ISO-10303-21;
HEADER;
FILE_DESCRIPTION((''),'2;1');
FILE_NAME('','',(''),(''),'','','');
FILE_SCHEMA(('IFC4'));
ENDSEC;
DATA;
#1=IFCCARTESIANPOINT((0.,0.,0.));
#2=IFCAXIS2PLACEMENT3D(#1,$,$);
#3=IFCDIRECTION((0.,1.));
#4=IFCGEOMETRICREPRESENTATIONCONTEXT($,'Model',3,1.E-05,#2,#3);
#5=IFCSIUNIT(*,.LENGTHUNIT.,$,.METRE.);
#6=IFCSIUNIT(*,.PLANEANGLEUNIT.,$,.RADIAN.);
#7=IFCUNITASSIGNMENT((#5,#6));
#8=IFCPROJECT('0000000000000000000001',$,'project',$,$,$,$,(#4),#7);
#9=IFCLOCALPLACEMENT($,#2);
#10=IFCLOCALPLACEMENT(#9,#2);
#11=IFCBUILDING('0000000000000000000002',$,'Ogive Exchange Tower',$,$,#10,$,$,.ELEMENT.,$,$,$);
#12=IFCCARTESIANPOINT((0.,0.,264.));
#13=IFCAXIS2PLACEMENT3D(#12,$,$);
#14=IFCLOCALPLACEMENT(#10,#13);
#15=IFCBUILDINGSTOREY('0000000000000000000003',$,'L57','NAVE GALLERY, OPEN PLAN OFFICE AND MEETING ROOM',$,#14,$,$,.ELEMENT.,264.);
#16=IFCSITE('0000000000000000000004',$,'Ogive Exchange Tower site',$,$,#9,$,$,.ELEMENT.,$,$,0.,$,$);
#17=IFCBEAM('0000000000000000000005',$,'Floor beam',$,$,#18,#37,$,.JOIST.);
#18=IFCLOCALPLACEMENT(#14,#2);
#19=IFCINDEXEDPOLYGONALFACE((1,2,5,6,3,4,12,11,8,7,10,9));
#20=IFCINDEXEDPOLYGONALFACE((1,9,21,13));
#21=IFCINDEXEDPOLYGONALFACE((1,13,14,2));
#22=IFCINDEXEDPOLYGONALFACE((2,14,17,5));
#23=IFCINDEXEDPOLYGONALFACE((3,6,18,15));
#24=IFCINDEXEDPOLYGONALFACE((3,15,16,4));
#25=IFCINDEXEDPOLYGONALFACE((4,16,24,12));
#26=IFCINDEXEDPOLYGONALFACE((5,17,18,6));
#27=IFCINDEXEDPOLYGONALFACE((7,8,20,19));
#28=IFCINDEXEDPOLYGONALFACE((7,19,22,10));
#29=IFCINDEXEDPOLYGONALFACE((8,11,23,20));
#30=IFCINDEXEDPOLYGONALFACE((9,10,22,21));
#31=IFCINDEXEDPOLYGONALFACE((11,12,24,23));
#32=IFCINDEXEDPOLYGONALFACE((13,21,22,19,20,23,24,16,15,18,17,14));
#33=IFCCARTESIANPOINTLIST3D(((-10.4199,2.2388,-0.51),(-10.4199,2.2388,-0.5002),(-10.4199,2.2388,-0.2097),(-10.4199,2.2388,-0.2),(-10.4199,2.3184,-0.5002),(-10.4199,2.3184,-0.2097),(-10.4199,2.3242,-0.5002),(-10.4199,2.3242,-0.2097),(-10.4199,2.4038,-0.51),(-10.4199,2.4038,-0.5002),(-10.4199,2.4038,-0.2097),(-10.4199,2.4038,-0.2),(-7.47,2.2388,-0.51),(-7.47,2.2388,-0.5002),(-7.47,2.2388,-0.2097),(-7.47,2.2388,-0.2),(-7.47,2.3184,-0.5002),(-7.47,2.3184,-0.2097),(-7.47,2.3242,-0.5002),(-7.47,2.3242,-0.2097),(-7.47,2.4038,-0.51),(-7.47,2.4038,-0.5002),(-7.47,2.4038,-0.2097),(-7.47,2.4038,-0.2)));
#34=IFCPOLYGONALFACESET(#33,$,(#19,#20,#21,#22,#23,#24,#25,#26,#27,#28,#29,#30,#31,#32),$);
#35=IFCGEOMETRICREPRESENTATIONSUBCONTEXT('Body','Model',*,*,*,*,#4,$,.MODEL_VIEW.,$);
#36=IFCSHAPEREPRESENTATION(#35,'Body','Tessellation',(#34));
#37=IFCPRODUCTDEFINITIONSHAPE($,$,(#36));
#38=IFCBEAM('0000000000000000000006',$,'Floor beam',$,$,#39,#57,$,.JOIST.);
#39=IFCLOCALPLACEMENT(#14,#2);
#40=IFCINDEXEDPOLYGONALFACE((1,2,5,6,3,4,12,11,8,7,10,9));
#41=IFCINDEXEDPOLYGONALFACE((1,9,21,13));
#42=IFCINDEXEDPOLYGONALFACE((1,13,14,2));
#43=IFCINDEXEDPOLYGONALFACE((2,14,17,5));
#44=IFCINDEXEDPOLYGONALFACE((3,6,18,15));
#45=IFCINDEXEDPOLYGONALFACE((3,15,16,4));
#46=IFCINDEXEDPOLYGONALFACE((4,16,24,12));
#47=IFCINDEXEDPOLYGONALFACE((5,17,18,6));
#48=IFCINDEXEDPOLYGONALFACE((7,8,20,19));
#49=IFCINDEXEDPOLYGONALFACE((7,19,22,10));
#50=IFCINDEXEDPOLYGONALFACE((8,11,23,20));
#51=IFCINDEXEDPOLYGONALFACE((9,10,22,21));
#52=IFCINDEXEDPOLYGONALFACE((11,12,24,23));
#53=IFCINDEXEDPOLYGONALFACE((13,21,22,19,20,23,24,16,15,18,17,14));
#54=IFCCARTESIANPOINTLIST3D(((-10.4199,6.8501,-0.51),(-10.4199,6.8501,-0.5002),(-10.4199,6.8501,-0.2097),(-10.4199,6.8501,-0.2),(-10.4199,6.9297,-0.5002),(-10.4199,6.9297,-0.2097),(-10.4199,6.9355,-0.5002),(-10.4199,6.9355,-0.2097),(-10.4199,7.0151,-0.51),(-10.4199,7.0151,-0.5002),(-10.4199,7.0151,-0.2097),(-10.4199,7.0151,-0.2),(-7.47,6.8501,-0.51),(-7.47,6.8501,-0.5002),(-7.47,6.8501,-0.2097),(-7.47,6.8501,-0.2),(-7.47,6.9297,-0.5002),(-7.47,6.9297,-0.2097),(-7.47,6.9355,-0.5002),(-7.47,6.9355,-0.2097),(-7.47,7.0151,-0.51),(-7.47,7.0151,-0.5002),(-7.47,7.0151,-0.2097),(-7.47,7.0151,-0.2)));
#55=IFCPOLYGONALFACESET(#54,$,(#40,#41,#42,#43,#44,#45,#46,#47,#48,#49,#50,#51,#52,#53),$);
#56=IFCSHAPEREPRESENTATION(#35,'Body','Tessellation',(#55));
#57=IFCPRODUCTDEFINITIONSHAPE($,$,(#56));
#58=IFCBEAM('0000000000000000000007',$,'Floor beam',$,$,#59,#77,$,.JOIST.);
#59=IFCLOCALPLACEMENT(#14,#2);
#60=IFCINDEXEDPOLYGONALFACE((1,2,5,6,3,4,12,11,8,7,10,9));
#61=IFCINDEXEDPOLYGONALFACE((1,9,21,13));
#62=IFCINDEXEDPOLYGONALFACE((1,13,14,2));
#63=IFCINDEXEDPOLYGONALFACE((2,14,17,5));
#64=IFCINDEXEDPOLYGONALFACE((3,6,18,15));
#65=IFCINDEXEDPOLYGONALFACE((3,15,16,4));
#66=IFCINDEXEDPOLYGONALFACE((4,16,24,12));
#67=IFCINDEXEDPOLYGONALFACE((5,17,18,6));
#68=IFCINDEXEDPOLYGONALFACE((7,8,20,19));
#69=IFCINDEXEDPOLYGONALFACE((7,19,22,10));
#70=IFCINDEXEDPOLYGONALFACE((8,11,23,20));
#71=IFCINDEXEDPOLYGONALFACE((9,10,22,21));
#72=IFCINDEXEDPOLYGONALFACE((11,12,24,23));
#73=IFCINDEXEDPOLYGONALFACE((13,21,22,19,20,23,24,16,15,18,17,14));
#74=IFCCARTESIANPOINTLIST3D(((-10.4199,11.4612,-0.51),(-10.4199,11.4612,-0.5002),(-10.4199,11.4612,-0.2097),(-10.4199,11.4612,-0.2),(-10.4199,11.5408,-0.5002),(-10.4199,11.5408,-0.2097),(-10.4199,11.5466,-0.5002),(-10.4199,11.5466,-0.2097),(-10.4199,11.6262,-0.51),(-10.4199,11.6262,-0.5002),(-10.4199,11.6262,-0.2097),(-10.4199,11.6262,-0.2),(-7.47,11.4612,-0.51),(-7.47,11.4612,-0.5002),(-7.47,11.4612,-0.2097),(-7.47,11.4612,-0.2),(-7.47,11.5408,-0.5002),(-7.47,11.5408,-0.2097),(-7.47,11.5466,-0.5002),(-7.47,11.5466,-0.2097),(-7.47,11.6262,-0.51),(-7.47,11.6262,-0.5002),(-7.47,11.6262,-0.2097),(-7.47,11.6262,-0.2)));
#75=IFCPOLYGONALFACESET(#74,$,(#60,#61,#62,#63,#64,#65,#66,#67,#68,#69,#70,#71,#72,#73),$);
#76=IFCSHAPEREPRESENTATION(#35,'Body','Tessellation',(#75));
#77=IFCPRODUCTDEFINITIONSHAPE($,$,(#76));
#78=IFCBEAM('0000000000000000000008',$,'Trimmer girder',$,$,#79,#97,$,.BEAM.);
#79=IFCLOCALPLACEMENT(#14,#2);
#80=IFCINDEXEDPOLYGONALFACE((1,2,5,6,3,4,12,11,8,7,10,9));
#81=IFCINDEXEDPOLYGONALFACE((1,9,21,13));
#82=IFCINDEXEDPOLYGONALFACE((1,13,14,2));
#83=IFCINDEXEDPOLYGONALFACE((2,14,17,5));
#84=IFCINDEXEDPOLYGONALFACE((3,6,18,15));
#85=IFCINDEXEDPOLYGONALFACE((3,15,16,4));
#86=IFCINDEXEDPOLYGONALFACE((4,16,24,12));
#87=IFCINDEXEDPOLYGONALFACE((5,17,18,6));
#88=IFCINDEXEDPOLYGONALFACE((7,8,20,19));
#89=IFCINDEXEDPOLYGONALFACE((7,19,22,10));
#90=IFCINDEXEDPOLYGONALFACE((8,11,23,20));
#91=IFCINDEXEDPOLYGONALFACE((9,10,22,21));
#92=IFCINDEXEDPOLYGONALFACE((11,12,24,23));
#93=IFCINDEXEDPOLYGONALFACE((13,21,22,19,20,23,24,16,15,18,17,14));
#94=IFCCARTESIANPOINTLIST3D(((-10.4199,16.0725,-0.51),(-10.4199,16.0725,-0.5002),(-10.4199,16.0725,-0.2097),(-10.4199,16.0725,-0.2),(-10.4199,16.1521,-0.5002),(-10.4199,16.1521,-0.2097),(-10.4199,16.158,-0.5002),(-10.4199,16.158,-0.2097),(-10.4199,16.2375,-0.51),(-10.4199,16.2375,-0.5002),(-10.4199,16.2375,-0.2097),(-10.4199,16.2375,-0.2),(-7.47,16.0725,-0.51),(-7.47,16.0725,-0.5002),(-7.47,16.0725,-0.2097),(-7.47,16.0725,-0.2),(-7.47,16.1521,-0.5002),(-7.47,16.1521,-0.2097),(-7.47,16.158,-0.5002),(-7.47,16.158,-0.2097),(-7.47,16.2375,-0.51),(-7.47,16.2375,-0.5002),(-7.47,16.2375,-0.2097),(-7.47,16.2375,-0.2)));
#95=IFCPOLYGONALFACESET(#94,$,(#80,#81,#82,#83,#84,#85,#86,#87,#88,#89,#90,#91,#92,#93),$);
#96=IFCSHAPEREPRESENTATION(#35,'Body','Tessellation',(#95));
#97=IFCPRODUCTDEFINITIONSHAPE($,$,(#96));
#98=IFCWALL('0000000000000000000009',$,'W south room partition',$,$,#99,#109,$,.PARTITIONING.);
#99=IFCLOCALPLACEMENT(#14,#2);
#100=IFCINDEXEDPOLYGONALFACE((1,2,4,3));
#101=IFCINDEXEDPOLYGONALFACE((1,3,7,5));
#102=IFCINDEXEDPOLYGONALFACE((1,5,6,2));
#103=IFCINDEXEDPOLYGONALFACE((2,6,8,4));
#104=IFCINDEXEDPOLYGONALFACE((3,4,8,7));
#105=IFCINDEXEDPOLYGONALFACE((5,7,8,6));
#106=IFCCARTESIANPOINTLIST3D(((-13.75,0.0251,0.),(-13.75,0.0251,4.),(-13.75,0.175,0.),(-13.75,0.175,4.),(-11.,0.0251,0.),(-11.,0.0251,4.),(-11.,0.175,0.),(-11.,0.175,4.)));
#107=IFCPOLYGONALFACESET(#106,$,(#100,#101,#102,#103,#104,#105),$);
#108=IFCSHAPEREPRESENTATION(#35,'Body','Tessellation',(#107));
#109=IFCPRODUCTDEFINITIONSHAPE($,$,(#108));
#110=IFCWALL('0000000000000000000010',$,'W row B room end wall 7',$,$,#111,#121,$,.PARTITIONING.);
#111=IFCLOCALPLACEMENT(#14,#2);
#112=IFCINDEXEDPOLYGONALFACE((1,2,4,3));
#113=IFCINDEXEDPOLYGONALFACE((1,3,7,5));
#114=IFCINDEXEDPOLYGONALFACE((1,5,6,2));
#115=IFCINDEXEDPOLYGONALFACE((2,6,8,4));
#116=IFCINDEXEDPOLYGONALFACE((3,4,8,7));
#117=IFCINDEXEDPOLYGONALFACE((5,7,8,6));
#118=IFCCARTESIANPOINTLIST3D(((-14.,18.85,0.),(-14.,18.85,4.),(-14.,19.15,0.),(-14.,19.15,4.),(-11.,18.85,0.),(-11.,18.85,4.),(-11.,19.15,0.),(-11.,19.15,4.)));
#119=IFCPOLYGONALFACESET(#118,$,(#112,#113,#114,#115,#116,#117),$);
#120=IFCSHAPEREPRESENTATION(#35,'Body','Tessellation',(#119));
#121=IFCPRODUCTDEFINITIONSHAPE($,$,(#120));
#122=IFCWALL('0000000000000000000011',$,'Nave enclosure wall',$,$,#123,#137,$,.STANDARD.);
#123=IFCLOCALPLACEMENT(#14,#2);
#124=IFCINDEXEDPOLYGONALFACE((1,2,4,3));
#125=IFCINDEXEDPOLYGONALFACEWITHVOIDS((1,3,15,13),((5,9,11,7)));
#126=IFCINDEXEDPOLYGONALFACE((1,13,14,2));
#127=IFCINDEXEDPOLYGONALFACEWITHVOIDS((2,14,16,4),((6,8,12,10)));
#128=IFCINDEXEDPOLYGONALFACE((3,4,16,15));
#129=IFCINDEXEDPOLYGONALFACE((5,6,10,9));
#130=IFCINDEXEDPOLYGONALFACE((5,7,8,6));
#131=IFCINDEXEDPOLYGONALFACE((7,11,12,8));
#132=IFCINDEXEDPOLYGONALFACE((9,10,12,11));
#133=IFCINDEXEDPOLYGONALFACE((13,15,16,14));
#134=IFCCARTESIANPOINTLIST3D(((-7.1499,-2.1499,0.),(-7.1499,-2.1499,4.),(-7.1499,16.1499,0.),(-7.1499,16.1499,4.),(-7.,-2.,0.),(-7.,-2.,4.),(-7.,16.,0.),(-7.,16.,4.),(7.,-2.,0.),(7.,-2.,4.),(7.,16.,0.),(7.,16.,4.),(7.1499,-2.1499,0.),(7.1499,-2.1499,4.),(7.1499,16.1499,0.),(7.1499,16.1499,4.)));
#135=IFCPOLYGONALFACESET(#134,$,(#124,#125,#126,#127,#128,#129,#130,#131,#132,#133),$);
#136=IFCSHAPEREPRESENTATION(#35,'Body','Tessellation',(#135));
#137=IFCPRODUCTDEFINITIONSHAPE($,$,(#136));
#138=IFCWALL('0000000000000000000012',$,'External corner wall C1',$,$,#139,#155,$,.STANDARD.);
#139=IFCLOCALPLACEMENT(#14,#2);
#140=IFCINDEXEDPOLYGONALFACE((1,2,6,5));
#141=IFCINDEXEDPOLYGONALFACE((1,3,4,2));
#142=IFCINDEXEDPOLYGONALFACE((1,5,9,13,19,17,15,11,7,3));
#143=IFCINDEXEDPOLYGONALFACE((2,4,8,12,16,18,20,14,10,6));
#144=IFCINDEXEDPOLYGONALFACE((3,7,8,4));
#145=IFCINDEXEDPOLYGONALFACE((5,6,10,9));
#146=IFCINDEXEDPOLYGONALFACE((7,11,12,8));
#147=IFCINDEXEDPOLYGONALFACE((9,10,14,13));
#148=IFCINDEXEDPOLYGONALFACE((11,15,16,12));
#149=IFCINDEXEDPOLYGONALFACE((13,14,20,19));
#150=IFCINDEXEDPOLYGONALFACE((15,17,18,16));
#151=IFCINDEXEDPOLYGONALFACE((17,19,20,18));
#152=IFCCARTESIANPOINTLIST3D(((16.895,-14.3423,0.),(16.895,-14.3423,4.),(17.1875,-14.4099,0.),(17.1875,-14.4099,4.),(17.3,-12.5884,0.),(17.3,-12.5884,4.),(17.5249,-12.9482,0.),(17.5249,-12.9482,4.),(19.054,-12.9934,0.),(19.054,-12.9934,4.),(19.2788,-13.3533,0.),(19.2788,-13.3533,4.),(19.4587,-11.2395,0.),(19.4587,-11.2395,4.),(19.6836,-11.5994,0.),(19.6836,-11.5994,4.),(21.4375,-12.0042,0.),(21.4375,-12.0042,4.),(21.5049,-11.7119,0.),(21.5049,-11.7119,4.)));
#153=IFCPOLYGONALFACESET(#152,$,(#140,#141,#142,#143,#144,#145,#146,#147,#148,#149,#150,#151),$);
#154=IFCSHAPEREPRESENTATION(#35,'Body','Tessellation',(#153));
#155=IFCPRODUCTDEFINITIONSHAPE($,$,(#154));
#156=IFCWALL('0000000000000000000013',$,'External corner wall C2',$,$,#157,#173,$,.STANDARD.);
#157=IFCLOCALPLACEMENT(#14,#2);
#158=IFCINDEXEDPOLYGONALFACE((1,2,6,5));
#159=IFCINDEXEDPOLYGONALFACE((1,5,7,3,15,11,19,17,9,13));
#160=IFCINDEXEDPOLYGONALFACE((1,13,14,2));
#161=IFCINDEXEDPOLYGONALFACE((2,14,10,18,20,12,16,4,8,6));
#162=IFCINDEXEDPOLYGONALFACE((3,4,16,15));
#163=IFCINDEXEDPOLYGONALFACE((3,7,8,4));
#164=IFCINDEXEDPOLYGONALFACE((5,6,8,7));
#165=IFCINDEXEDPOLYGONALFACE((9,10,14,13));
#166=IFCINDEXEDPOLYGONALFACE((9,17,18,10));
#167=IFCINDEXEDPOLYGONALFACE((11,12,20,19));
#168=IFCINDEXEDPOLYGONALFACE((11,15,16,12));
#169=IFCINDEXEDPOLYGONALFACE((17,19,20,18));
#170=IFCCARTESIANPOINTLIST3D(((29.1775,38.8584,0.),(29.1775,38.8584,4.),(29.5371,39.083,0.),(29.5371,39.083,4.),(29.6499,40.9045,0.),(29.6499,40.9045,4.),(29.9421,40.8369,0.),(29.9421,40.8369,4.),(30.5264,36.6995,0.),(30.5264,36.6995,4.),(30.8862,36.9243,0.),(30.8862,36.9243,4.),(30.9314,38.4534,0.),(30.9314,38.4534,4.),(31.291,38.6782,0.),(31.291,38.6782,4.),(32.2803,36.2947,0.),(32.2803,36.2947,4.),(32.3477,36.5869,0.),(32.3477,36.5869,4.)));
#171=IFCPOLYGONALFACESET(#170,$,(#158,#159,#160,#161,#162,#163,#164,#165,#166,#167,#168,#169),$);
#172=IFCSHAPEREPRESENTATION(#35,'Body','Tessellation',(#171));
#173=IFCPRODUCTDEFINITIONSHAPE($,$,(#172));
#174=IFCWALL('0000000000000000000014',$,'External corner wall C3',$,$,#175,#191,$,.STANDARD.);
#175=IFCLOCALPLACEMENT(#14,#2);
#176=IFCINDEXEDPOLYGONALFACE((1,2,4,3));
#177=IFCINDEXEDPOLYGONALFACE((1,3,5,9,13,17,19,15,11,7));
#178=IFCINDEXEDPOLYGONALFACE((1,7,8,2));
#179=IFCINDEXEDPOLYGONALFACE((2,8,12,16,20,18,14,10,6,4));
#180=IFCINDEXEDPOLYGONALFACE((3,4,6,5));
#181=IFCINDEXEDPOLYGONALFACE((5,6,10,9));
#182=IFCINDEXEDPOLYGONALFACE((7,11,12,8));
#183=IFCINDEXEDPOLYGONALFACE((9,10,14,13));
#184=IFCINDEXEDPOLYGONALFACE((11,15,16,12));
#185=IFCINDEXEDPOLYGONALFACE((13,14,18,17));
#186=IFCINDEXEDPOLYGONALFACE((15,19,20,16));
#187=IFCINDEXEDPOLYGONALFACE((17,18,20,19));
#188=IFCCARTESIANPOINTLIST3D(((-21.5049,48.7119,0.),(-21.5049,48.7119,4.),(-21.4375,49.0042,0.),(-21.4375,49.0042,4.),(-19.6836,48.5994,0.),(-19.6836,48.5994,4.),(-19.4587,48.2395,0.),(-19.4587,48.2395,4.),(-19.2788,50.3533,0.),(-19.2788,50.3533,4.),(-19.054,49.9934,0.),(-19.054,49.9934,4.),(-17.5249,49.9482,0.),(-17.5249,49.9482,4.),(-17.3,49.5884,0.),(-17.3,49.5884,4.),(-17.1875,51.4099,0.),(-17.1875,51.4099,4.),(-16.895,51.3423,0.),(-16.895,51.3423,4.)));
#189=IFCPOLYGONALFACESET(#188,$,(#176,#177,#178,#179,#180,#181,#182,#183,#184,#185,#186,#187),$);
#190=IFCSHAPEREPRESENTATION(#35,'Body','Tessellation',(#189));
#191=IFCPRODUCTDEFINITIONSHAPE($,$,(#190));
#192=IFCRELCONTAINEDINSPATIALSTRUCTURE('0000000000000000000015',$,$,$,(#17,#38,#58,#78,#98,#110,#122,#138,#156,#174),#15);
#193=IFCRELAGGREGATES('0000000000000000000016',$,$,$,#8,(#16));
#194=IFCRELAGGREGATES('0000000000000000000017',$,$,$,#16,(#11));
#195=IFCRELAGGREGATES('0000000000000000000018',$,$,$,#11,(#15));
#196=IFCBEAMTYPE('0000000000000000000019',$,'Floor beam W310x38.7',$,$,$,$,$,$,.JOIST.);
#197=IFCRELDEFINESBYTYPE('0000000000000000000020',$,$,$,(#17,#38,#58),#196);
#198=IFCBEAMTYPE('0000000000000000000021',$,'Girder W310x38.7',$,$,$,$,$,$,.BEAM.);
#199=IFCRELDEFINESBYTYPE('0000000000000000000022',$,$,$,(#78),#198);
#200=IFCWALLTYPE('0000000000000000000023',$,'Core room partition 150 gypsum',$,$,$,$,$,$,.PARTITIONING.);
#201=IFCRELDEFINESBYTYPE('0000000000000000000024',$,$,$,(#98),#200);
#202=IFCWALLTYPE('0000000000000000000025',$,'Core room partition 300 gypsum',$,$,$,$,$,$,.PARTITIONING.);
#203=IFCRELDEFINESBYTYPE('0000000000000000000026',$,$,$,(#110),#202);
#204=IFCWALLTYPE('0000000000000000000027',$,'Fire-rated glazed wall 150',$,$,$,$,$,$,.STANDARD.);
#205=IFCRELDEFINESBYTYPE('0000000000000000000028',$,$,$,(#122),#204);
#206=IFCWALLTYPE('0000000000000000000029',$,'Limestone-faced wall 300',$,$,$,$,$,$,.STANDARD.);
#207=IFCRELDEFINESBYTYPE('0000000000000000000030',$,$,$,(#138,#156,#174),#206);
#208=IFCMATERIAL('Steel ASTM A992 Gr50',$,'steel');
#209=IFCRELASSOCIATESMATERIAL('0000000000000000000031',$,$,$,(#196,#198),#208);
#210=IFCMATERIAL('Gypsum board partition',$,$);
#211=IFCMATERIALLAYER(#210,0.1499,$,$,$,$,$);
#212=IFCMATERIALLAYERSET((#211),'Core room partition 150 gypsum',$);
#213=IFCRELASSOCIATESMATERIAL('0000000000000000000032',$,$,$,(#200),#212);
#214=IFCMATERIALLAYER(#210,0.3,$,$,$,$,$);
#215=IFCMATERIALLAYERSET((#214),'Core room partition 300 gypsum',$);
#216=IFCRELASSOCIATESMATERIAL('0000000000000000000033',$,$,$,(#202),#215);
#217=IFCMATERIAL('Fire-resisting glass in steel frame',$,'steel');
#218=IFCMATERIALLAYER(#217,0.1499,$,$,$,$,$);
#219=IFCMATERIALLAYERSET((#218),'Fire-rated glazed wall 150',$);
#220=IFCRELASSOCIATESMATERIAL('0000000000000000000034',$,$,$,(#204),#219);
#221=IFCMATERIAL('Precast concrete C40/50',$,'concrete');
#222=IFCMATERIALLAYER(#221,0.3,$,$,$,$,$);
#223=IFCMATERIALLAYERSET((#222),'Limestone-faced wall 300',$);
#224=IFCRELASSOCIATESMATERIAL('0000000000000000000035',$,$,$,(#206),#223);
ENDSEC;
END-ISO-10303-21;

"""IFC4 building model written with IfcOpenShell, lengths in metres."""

from ifc_helpers import new_model, si_unit, direction, frame, frame_2d, origin, origin_2d, place, context, subcontext, project, spatial, polyline, rectangle, i_section, outline, extrude, material, layer, layer_set, material_profile, profile_set, type_object, element, save


model = new_model("IFC4")

# Units and contexts
model_context = context("Model", 3, precision=1e-05, world=origin(), true_north=direction((0.0, 1.0)))
body_context = subcontext(model_context, "Body", "Model", "MODEL_VIEW")
ifc_project = project(units=[si_unit("LENGTHUNIT", "METRE"), si_unit("PLANEANGLEUNIT", "RADIAN")], contexts=[model_context])

# Site, building, storey
site_placement = place(None, origin())
site = spatial("IfcSite", under=ifc_project, at=site_placement, Name="Ogive Exchange Tower site", CompositionType="ELEMENT", RefElevation=0.0)
building_placement = place(site_placement, origin())
building = spatial("IfcBuilding", under=site, at=building_placement, Name="Ogive Exchange Tower", CompositionType="ELEMENT")
storey_placement = place(building_placement, frame((0.0, 0.0, 264.0)))
storey = spatial("IfcBuildingStorey", under=building, at=storey_placement, Name="L57", Description="NAVE GALLERY, OPEN PLAN OFFICE AND MEETING ROOM", CompositionType="ELEMENT", Elevation=264.0)

# Beams
ifc_material_1 = material(Name="Steel ASTM A992 Gr50", Category="steel")
ifc_material_profile_1 = material_profile(ifc_material_1, i_section(OverallWidth=0.165, OverallDepth=0.3101, WebThickness=0.0059, FlangeThickness=0.0098, at=origin_2d()), Name="W310x38.7")
ifc_profile_set_1 = profile_set([ifc_material_profile_1], Name="Steel ASTM A992 Gr50")
beam_type_1 = type_object("IfcBeamType", Name="Floor beam W310x38.7", PredefinedType="JOIST", material=ifc_profile_set_1)
for number, where, z_axis, x_axis, name in (
    (1, (-10.4199, 2.3213, -0.355), (1.0, 0.0, 0.0), (0.0, 1.0, 0.0), "Floor beam"),
    (2, (-10.4199, 6.9326, -0.355), (1.0, 0.0, 0.0), (0.0, 1.0, 0.0), "Floor beam"),
    (3, (-10.4199, 11.5437, -0.355), (1.0, 0.0, 0.0), (0.0, 1.0, 0.0), "Floor beam"),
):
    element("IfcBeam", number, at=place(storey_placement, frame(where, z_axis=z_axis, x_axis=x_axis)), inside=storey, type_object=beam_type_1, Name=name, PredefinedType="JOIST", context=body_context, shape_type="SweptSolid", body=[
        extrude(i_section(OverallWidth=0.165, OverallDepth=0.3101, WebThickness=0.0059, FlangeThickness=0.0098, at=origin_2d()), origin(), (0.0, 0.0, 1.0), 2.95),
    ])
ifc_material_profile_2 = material_profile(ifc_material_1, i_section(OverallWidth=0.165, OverallDepth=0.3101, WebThickness=0.0059, FlangeThickness=0.0098, at=origin_2d()), Name="W310x38.7")
ifc_profile_set_2 = profile_set([ifc_material_profile_2], Name="Steel ASTM A992 Gr50")
beam_type_2 = type_object("IfcBeamType", Name="Girder W310x38.7", PredefinedType="BEAM", material=ifc_profile_set_2)
beam_placement = place(storey_placement, frame((-10.4199, 16.155, -0.355), z_axis=(1.0, 0.0, 0.0), x_axis=(0.0, 1.0, 0.0)))
element("IfcBeam", 4, at=beam_placement, inside=storey, type_object=beam_type_2, Name="Trimmer girder", PredefinedType="BEAM", context=body_context, shape_type="SweptSolid", body=[
    extrude(i_section(OverallWidth=0.165, OverallDepth=0.3101, WebThickness=0.0059, FlangeThickness=0.0098, at=origin_2d()), origin(), (0.0, 0.0, 1.0), 2.95),
])

# Walls
ifc_material_2 = material(Name="Gypsum board partition")
ifc_layer_1 = layer(ifc_material_2, 0.1499)
ifc_layer_set_1 = layer_set([ifc_layer_1], Name="Core room partition 150 gypsum")
wall_type_1 = type_object("IfcWallType", Name="Core room partition 150 gypsum", PredefinedType="PARTITIONING", material=ifc_layer_set_1)
wall_1_placement = place(storey_placement, frame((-13.75, 0.1001, 0.0), z_axis=(0.0, 0.0, 1.0), x_axis=(1.0, 0.0, 0.0)))
element("IfcWall", 5, at=wall_1_placement, inside=storey, type_object=wall_type_1, Name="W south room partition", PredefinedType="PARTITIONING", context=body_context, shape_type="SweptSolid", body=[
    extrude(rectangle(XDim=2.75, YDim=0.1499, at=frame_2d((1.375, 0.0))), origin(), (0.0, 0.0, 1.0), 4.0),
])
ifc_layer_2 = layer(ifc_material_2, 0.3)
ifc_layer_set_2 = layer_set([ifc_layer_2], Name="Core room partition 300 gypsum")
wall_type_2 = type_object("IfcWallType", Name="Core room partition 300 gypsum", PredefinedType="PARTITIONING", material=ifc_layer_set_2)
wall_2_placement = place(storey_placement, frame((-14.0, 19.0, 0.0), z_axis=(0.0, 0.0, 1.0), x_axis=(1.0, 0.0, 0.0)))
element("IfcWall", 6, at=wall_2_placement, inside=storey, type_object=wall_type_2, Name="W row B room end wall 7", PredefinedType="PARTITIONING", context=body_context, shape_type="SweptSolid", body=[
    extrude(rectangle(XDim=3.0, YDim=0.3, at=frame_2d((1.5, 0.0))), origin(), (0.0, 0.0, 1.0), 4.0),
])
ifc_material_3 = material(Name="Fire-resisting glass in steel frame", Category="steel")
ifc_layer_3 = layer(ifc_material_3, 0.1499)
ifc_layer_set_3 = layer_set([ifc_layer_3], Name="Fire-rated glazed wall 150")
wall_type_3 = type_object("IfcWallType", Name="Fire-rated glazed wall 150", PredefinedType="STANDARD", material=ifc_layer_set_3)
wall_3_placement = place(storey_placement, origin())
element("IfcWall", 7, at=wall_3_placement, inside=storey, type_object=wall_type_3, Name="Nave enclosure wall", PredefinedType="STANDARD", context=body_context, shape_type="SweptSolid", body=[
    extrude(outline(polyline([(-7.1499, -2.1499), (7.1499, -2.1499), (7.1499, 16.1499), (-7.1499, 16.1499), (-7.1499, -2.1499)]), holes=[polyline([(-7.0, -2.0), (-7.0, 16.0), (7.0, 16.0), (7.0, -2.0), (-7.0, -2.0)])]), origin(), (0.0, 0.0, 1.0), 4.0),
])
ifc_material_4 = material(Name="Precast concrete C40/50", Category="concrete")
ifc_layer_4 = layer(ifc_material_4, 0.3)
ifc_layer_set_4 = layer_set([ifc_layer_4], Name="Limestone-faced wall 300")
wall_type_4 = type_object("IfcWallType", Name="Limestone-faced wall 300", PredefinedType="STANDARD", material=ifc_layer_set_4)
wall_4_placement = place(storey_placement, origin())
element("IfcWall", 8, at=wall_4_placement, inside=storey, type_object=wall_type_4, Name="External corner wall C1", PredefinedType="STANDARD", context=body_context, shape_type="SweptSolid", body=[
    extrude(outline(polyline([(19.054, -12.9934), (19.4587, -11.2395), (21.5049, -11.7119), (21.4375, -12.0042), (19.6836, -11.5994), (19.2788, -13.3533), (17.5249, -12.9482), (17.1875, -14.4099), (16.895, -14.3423), (17.3, -12.5884), (19.054, -12.9934)])), origin(), (0.0, 0.0, 1.0), 4.0),
])
wall_5_placement = place(storey_placement, origin())
element("IfcWall", 9, at=wall_5_placement, inside=storey, type_object=wall_type_4, Name="External corner wall C2", PredefinedType="STANDARD", context=body_context, shape_type="SweptSolid", body=[
    extrude(outline(polyline([(30.9314, 38.4534), (29.1775, 38.8584), (29.6499, 40.9045), (29.9421, 40.8369), (29.5371, 39.083), (31.291, 38.6782), (30.8862, 36.9243), (32.3477, 36.5869), (32.2803, 36.2947), (30.5264, 36.6995), (30.9314, 38.4534)])), origin(), (0.0, 0.0, 1.0), 4.0),
])
wall_6_placement = place(storey_placement, origin())
element("IfcWall", 10, at=wall_6_placement, inside=storey, type_object=wall_type_4, Name="External corner wall C3", PredefinedType="STANDARD", context=body_context, shape_type="SweptSolid", body=[
    extrude(outline(polyline([(-21.5049, 48.7119), (-21.4375, 49.0042), (-19.6836, 48.5994), (-19.2788, 50.3533), (-17.5249, 49.9482), (-17.1875, 51.4099), (-16.895, 51.3423), (-17.3, 49.5884), (-19.054, 49.9934), (-19.4587, 48.2395), (-21.5049, 48.7119)])), origin(), (0.0, 0.0, 1.0), 4.0),
])

save(model, "model.ifc")
